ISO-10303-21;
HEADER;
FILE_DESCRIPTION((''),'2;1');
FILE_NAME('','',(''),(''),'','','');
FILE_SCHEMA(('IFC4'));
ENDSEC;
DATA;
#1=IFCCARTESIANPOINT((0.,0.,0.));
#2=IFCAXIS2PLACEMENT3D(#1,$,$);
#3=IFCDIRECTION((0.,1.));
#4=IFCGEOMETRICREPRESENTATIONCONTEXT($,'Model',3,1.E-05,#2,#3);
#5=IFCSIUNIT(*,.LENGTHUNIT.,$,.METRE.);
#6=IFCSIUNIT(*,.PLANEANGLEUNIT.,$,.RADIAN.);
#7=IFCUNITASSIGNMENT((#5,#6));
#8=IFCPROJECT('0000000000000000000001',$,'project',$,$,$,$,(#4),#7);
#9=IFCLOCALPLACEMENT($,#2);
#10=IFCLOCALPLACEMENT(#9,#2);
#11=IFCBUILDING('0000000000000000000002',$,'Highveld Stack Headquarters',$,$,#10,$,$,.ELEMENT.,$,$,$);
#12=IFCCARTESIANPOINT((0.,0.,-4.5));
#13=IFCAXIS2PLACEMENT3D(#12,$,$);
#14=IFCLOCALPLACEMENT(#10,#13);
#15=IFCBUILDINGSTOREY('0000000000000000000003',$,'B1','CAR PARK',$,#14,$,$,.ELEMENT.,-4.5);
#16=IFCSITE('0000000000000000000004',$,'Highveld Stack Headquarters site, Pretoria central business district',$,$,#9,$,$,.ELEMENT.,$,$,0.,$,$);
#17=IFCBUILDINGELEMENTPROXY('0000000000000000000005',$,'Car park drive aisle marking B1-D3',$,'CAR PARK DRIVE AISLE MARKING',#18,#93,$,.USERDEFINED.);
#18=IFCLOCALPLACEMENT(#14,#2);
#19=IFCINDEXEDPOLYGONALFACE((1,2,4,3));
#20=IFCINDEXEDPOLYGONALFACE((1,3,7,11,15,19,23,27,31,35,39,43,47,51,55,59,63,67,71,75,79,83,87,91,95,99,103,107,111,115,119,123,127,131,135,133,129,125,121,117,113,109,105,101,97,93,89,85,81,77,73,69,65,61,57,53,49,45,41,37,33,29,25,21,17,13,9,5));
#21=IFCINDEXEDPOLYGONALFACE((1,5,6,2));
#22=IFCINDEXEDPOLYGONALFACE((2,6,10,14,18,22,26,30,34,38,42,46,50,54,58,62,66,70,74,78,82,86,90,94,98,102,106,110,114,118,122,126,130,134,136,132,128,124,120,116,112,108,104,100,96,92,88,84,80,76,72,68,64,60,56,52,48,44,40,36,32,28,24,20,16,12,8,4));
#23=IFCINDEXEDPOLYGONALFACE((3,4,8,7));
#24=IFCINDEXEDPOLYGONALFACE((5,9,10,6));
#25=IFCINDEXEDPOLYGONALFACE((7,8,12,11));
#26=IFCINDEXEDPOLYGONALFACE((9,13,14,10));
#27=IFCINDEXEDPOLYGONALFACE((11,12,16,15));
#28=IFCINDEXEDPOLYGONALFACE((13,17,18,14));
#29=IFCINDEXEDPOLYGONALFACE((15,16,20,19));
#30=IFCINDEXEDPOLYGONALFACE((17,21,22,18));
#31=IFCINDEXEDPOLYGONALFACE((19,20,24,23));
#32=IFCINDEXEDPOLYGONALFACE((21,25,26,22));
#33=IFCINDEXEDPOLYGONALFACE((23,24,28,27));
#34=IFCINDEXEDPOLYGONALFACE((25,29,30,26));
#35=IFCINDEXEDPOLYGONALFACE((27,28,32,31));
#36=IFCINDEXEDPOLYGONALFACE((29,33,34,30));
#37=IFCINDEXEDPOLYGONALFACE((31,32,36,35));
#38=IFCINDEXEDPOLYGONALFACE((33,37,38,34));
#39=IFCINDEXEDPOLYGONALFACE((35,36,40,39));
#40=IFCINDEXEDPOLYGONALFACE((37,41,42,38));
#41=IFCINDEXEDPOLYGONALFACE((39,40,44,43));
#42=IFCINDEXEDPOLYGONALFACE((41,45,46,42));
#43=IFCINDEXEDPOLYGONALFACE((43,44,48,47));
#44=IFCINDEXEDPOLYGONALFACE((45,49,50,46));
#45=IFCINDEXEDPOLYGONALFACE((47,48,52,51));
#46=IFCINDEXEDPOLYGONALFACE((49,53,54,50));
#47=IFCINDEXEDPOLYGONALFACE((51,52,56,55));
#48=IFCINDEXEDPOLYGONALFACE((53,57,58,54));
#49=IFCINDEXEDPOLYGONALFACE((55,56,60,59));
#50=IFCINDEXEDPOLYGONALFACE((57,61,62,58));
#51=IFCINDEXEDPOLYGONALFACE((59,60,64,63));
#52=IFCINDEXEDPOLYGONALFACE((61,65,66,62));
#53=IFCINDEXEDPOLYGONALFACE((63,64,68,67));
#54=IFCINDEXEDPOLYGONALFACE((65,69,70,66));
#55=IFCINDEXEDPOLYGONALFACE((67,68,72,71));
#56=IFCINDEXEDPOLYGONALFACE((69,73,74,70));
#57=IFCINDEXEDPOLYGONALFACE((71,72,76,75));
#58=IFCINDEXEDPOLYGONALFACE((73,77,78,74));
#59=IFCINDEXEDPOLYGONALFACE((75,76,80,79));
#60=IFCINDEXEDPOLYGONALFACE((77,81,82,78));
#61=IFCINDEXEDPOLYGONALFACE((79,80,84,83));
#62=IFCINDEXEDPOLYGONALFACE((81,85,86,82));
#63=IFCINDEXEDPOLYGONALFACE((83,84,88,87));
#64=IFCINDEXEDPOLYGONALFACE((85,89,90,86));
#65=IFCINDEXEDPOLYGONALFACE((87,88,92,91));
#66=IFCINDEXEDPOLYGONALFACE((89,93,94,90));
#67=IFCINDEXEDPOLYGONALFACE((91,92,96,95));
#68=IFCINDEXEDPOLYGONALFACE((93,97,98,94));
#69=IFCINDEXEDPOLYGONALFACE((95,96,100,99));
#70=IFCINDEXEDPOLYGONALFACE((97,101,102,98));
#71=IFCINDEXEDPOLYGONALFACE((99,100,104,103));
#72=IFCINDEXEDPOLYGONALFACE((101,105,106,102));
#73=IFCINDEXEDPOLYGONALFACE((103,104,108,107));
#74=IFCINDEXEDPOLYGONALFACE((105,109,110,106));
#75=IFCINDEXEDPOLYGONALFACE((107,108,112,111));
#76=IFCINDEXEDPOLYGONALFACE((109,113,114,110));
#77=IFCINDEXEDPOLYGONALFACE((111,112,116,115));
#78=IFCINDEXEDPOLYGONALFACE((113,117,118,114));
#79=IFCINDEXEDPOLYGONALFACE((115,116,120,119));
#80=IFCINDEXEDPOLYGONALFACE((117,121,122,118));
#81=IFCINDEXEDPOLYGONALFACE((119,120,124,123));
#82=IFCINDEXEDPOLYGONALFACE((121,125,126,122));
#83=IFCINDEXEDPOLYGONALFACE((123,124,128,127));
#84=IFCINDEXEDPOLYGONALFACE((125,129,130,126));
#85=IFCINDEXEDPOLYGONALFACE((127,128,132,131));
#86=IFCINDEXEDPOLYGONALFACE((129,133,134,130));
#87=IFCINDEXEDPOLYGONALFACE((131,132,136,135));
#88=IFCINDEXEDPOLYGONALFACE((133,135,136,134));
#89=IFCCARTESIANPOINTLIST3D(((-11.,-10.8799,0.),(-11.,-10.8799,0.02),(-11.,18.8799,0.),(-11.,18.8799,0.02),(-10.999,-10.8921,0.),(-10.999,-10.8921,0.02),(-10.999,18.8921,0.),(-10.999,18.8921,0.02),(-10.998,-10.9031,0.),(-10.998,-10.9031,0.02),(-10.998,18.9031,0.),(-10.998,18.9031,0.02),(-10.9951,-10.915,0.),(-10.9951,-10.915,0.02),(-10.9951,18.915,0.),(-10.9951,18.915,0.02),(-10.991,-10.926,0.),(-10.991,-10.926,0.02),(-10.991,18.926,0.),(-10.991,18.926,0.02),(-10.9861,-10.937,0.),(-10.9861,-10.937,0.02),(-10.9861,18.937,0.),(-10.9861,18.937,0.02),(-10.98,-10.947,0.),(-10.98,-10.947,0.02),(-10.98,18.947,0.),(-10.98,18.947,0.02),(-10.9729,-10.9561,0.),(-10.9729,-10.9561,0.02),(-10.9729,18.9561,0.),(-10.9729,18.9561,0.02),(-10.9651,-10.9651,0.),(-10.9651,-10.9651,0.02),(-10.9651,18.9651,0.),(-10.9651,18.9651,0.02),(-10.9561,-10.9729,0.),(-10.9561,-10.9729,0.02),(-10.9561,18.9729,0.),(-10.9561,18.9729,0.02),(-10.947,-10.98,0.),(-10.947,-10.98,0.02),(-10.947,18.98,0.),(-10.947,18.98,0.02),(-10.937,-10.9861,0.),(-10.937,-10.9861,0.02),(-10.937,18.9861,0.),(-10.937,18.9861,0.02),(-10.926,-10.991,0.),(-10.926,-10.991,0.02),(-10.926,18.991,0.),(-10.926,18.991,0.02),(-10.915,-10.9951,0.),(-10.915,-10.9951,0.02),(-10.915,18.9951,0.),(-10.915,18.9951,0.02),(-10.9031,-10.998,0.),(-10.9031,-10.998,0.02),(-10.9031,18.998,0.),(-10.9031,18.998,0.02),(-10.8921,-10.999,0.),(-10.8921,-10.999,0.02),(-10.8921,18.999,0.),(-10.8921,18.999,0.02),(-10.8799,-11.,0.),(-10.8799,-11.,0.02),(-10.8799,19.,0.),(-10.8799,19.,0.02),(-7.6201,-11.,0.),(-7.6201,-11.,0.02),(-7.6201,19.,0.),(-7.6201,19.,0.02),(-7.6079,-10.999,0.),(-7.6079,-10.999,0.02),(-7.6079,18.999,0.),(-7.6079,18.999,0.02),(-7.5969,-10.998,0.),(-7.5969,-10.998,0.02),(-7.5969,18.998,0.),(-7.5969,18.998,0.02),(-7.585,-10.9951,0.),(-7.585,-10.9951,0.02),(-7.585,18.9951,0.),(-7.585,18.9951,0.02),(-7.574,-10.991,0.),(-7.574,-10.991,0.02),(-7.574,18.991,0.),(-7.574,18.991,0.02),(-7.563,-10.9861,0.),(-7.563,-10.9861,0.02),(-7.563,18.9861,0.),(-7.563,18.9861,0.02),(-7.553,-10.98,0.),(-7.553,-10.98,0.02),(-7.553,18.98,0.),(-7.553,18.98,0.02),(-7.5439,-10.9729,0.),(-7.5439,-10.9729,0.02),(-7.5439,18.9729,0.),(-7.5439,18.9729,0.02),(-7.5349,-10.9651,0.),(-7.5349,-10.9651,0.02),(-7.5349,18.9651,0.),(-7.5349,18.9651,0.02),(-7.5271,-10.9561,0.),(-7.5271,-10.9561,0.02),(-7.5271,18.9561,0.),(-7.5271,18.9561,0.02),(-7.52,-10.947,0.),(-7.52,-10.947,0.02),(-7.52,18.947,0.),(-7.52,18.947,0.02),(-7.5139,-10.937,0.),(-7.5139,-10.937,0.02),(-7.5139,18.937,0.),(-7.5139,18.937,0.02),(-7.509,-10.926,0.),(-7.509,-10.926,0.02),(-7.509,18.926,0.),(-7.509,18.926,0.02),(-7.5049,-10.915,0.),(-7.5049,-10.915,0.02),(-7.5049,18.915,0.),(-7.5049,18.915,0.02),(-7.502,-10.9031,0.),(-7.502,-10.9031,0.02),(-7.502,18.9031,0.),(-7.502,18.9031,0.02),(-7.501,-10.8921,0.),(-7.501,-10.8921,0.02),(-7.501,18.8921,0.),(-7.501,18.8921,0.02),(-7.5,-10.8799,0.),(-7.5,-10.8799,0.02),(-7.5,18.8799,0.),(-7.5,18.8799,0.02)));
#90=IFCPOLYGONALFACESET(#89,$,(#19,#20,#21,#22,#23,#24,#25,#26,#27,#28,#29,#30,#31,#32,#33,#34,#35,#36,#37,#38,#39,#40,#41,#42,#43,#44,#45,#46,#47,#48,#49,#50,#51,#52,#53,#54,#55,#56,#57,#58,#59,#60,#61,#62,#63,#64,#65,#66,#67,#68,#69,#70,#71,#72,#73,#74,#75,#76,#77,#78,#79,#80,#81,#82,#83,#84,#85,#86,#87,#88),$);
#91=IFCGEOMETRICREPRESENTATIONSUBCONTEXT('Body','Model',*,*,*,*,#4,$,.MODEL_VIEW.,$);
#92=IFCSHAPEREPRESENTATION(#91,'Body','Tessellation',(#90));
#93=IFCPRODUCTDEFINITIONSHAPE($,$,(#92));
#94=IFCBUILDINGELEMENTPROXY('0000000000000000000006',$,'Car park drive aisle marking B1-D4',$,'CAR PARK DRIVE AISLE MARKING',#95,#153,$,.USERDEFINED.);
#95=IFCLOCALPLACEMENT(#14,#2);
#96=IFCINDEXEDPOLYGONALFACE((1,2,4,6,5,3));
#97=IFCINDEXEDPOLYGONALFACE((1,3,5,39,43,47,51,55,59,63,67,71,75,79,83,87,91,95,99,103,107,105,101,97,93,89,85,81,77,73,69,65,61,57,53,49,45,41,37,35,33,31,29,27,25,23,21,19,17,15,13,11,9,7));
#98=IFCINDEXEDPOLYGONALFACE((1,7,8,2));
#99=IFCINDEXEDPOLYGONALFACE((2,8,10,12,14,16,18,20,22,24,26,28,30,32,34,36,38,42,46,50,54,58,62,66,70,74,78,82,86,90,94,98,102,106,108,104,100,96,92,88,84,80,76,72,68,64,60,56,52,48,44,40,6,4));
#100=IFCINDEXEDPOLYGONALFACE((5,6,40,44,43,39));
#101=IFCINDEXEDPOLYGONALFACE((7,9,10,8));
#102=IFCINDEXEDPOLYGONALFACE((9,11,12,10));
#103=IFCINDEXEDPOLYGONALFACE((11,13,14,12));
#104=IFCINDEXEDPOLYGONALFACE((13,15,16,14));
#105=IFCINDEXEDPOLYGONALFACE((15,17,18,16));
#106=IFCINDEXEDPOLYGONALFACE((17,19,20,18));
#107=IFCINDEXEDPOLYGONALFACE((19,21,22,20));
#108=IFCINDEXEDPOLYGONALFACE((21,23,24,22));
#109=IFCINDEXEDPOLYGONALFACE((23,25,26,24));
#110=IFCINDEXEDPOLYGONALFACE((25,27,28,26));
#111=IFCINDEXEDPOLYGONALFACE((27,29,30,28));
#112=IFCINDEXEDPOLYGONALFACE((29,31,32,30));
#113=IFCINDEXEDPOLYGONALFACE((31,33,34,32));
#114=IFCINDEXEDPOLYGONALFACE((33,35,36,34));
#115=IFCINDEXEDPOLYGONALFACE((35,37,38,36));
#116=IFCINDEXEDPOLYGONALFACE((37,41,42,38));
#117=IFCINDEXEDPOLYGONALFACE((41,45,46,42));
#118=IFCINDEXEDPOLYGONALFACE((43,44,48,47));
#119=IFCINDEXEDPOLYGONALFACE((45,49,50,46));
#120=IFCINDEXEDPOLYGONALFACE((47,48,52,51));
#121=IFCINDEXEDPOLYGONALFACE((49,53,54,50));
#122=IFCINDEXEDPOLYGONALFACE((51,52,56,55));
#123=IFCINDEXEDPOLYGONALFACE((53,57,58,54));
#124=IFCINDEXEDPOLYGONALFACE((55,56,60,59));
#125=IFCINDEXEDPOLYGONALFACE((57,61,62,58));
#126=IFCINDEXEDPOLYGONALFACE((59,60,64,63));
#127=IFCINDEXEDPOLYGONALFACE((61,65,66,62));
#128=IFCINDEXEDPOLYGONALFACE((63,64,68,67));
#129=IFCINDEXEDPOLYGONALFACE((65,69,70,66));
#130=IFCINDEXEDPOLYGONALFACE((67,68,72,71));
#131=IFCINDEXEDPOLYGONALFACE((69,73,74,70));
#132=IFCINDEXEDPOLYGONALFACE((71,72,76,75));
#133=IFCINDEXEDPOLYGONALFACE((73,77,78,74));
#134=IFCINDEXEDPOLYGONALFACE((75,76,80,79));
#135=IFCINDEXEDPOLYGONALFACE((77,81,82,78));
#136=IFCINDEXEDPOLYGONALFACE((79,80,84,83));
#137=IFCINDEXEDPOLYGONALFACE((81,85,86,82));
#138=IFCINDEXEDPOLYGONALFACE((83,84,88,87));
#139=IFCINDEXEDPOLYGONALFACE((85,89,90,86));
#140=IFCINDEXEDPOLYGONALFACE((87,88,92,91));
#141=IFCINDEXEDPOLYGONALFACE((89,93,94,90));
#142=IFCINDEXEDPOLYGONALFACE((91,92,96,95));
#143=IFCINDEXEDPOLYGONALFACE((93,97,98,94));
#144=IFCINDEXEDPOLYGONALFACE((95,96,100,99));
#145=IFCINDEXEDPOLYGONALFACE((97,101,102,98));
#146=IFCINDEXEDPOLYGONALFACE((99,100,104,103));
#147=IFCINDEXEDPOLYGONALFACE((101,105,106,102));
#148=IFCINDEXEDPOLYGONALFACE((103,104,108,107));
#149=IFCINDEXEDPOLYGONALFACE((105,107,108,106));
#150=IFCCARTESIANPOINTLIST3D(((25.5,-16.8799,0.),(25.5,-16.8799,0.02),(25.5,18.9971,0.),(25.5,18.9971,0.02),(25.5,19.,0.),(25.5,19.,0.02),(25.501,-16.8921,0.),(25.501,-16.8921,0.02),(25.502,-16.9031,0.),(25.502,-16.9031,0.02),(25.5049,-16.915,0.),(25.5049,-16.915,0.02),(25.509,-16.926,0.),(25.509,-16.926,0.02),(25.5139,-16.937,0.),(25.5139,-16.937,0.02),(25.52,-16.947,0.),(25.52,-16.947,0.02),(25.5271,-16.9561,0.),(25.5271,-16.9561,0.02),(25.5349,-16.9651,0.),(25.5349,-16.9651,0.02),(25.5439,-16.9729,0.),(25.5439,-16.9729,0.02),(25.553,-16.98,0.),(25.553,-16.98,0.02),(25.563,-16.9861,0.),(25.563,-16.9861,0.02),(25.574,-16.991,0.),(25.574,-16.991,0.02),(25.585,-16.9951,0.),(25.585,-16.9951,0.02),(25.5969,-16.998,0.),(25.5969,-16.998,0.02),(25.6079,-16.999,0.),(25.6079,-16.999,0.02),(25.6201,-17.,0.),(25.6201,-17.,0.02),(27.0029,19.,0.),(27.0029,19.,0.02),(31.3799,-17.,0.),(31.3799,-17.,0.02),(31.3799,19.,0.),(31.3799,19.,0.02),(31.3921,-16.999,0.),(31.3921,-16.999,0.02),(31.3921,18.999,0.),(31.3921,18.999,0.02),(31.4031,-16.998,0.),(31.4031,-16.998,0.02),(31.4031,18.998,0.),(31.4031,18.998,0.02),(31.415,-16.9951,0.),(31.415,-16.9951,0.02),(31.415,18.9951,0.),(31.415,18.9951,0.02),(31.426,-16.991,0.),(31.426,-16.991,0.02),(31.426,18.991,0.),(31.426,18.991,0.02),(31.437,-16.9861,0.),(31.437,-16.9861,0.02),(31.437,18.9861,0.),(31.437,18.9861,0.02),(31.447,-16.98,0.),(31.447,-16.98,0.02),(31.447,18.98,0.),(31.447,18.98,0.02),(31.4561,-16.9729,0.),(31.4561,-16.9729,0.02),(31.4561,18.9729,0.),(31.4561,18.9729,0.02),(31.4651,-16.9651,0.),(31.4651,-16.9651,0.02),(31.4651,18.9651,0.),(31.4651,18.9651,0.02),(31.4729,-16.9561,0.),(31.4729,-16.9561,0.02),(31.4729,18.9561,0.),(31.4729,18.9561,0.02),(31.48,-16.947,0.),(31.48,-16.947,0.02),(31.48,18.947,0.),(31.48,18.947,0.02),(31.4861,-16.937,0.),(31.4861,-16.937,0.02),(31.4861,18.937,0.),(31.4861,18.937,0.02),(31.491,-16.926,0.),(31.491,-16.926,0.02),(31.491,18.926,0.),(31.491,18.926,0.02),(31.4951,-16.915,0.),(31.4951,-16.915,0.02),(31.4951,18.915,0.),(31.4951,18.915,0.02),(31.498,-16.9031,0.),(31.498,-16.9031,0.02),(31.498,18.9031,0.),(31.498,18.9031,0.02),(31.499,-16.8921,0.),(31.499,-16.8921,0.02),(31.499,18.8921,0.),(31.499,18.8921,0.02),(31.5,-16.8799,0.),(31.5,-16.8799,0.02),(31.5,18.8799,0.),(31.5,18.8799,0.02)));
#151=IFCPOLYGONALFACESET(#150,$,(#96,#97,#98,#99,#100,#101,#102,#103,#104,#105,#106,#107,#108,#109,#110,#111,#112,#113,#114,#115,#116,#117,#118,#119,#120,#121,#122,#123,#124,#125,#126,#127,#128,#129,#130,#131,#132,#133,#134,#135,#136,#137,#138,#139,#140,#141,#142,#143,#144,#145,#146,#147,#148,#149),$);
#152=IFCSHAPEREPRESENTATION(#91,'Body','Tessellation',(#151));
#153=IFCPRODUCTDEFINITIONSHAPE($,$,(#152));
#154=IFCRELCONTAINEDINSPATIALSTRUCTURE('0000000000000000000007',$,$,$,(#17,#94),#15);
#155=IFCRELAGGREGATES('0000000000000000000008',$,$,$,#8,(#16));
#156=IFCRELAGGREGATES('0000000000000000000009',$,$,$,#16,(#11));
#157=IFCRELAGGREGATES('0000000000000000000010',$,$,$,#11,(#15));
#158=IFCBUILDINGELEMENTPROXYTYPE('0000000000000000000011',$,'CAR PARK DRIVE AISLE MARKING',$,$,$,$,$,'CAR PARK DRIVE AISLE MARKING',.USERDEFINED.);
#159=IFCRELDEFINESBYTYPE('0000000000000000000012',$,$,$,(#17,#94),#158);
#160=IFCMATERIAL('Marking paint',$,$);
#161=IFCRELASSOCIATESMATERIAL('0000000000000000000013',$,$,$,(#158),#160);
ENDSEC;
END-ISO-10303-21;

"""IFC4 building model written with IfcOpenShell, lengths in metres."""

from ifc_helpers import new_model, si_unit, direction, frame, origin, place, context, subcontext, project, spatial, polyline, outline, extrude, material, type_object, element, save


model = new_model("IFC4")

# Units and contexts
model_context = context("Model", 3, precision=1e-05, world=origin(), true_north=direction((0.0, 1.0)))
body_context = subcontext(model_context, "Body", "Model", "MODEL_VIEW")
ifc_project = project(units=[si_unit("LENGTHUNIT", "METRE"), si_unit("PLANEANGLEUNIT", "RADIAN")], contexts=[model_context])

# Site, building, storey
site_placement = place(None, origin())
site = spatial("IfcSite", under=ifc_project, at=site_placement, Name="Highveld Stack Headquarters site, Pretoria central business district", CompositionType="ELEMENT", RefElevation=0.0)
building_placement = place(site_placement, origin())
building = spatial("IfcBuilding", under=site, at=building_placement, Name="Highveld Stack Headquarters", CompositionType="ELEMENT")
storey_placement = place(building_placement, frame((0.0, 0.0, -4.5)))
storey = spatial("IfcBuildingStorey", under=building, at=storey_placement, Name="B1", Description="CAR PARK", CompositionType="ELEMENT", Elevation=-4.5)

# Building element proxies
ifc_material_1 = material(Name="Marking paint")
building_element_proxy_type_1 = type_object("IfcBuildingElementProxyType", Name="CAR PARK DRIVE AISLE MARKING", ElementType="CAR PARK DRIVE AISLE MARKING", PredefinedType="USERDEFINED", material=ifc_material_1)
proxy_1_placement = place(storey_placement, origin())
element("IfcBuildingElementProxy", 1, at=proxy_1_placement, inside=storey, type_object=building_element_proxy_type_1, Name="Car park drive aisle marking B1-D3", ObjectType="CAR PARK DRIVE AISLE MARKING", PredefinedType="USERDEFINED", context=body_context, shape_type="SweptSolid", body=[
    extrude(outline(polyline([(-10.999, 18.8921), (-10.998, 18.9031), (-10.9951, 18.915), (-10.991, 18.926), (-10.9861, 18.937), (-10.98, 18.947), (-10.9729, 18.9561), (-10.9651, 18.9651), (-10.9561, 18.9729), (-10.947, 18.98), (-10.937, 18.9861), (-10.926, 18.991), (-10.915, 18.9951), (-10.9031, 18.998), (-10.8921, 18.999), (-10.8799, 19.0), (-7.6201, 19.0), (-7.6079, 18.999), (-7.5969, 18.998), (-7.585, 18.9951), (-7.574, 18.991), (-7.563, 18.9861), (-7.553, 18.98), (-7.5439, 18.9729), (-7.5349, 18.9651), (-7.5271, 18.9561), (-7.52, 18.947), (-7.5139, 18.937), (-7.509, 18.926), (-7.5049, 18.915), (-7.502, 18.9031), (-7.501, 18.8921), (-7.5, 18.8799), (-7.5, -10.8799), (-7.501, -10.8921), (-7.502, -10.9031), (-7.5049, -10.915), (-7.509, -10.926), (-7.5139, -10.937), (-7.52, -10.947), (-7.5271, -10.9561), (-7.5349, -10.9651), (-7.5439, -10.9729), (-7.553, -10.98), (-7.563, -10.9861), (-7.574, -10.991), (-7.585, -10.9951), (-7.5969, -10.998), (-7.6079, -10.999), (-7.6201, -11.0), (-10.8799, -11.0), (-10.8921, -10.999), (-10.9031, -10.998), (-10.915, -10.9951), (-10.926, -10.991), (-10.937, -10.9861), (-10.947, -10.98), (-10.9561, -10.9729), (-10.9651, -10.9651), (-10.9729, -10.9561), (-10.98, -10.947), (-10.9861, -10.937), (-10.991, -10.926), (-10.9951, -10.915), (-10.998, -10.9031), (-10.999, -10.8921), (-11.0, -10.8799), (-11.0, 18.8799), (-10.999, 18.8921)])), origin(), (0.0, 0.0, 1.0), 0.02),
])
proxy_2_placement = place(storey_placement, origin())
element("IfcBuildingElementProxy", 2, at=proxy_2_placement, inside=storey, type_object=building_element_proxy_type_1, Name="Car park drive aisle marking B1-D4", ObjectType="CAR PARK DRIVE AISLE MARKING", PredefinedType="USERDEFINED", context=body_context, shape_type="SweptSolid", body=[
    extrude(outline(polyline([(31.3799, 19.0), (31.3921, 18.999), (31.4031, 18.998), (31.415, 18.9951), (31.426, 18.991), (31.437, 18.9861), (31.447, 18.98), (31.4561, 18.9729), (31.4651, 18.9651), (31.4729, 18.9561), (31.48, 18.947), (31.4861, 18.937), (31.491, 18.926), (31.4951, 18.915), (31.498, 18.9031), (31.499, 18.8921), (31.5, 18.8799), (31.5, -16.8799), (31.499, -16.8921), (31.498, -16.9031), (31.4951, -16.915), (31.491, -16.926), (31.4861, -16.937), (31.48, -16.947), (31.4729, -16.9561), (31.4651, -16.9651), (31.4561, -16.9729), (31.447, -16.98), (31.437, -16.9861), (31.426, -16.991), (31.415, -16.9951), (31.4031, -16.998), (31.3921, -16.999), (31.3799, -17.0), (25.6201, -17.0), (25.6079, -16.999), (25.5969, -16.998), (25.585, -16.9951), (25.574, -16.991), (25.563, -16.9861), (25.553, -16.98), (25.5439, -16.9729), (25.5349, -16.9651), (25.5271, -16.9561), (25.52, -16.947), (25.5139, -16.937), (25.509, -16.926), (25.5049, -16.915), (25.502, -16.9031), (25.501, -16.8921), (25.5, -16.8799), (25.5, 18.9971), (25.5, 19.0), (27.0029, 19.0), (31.3799, 19.0)])), origin(), (0.0, 0.0, 1.0), 0.02),
])

save(model, "model.ifc")
